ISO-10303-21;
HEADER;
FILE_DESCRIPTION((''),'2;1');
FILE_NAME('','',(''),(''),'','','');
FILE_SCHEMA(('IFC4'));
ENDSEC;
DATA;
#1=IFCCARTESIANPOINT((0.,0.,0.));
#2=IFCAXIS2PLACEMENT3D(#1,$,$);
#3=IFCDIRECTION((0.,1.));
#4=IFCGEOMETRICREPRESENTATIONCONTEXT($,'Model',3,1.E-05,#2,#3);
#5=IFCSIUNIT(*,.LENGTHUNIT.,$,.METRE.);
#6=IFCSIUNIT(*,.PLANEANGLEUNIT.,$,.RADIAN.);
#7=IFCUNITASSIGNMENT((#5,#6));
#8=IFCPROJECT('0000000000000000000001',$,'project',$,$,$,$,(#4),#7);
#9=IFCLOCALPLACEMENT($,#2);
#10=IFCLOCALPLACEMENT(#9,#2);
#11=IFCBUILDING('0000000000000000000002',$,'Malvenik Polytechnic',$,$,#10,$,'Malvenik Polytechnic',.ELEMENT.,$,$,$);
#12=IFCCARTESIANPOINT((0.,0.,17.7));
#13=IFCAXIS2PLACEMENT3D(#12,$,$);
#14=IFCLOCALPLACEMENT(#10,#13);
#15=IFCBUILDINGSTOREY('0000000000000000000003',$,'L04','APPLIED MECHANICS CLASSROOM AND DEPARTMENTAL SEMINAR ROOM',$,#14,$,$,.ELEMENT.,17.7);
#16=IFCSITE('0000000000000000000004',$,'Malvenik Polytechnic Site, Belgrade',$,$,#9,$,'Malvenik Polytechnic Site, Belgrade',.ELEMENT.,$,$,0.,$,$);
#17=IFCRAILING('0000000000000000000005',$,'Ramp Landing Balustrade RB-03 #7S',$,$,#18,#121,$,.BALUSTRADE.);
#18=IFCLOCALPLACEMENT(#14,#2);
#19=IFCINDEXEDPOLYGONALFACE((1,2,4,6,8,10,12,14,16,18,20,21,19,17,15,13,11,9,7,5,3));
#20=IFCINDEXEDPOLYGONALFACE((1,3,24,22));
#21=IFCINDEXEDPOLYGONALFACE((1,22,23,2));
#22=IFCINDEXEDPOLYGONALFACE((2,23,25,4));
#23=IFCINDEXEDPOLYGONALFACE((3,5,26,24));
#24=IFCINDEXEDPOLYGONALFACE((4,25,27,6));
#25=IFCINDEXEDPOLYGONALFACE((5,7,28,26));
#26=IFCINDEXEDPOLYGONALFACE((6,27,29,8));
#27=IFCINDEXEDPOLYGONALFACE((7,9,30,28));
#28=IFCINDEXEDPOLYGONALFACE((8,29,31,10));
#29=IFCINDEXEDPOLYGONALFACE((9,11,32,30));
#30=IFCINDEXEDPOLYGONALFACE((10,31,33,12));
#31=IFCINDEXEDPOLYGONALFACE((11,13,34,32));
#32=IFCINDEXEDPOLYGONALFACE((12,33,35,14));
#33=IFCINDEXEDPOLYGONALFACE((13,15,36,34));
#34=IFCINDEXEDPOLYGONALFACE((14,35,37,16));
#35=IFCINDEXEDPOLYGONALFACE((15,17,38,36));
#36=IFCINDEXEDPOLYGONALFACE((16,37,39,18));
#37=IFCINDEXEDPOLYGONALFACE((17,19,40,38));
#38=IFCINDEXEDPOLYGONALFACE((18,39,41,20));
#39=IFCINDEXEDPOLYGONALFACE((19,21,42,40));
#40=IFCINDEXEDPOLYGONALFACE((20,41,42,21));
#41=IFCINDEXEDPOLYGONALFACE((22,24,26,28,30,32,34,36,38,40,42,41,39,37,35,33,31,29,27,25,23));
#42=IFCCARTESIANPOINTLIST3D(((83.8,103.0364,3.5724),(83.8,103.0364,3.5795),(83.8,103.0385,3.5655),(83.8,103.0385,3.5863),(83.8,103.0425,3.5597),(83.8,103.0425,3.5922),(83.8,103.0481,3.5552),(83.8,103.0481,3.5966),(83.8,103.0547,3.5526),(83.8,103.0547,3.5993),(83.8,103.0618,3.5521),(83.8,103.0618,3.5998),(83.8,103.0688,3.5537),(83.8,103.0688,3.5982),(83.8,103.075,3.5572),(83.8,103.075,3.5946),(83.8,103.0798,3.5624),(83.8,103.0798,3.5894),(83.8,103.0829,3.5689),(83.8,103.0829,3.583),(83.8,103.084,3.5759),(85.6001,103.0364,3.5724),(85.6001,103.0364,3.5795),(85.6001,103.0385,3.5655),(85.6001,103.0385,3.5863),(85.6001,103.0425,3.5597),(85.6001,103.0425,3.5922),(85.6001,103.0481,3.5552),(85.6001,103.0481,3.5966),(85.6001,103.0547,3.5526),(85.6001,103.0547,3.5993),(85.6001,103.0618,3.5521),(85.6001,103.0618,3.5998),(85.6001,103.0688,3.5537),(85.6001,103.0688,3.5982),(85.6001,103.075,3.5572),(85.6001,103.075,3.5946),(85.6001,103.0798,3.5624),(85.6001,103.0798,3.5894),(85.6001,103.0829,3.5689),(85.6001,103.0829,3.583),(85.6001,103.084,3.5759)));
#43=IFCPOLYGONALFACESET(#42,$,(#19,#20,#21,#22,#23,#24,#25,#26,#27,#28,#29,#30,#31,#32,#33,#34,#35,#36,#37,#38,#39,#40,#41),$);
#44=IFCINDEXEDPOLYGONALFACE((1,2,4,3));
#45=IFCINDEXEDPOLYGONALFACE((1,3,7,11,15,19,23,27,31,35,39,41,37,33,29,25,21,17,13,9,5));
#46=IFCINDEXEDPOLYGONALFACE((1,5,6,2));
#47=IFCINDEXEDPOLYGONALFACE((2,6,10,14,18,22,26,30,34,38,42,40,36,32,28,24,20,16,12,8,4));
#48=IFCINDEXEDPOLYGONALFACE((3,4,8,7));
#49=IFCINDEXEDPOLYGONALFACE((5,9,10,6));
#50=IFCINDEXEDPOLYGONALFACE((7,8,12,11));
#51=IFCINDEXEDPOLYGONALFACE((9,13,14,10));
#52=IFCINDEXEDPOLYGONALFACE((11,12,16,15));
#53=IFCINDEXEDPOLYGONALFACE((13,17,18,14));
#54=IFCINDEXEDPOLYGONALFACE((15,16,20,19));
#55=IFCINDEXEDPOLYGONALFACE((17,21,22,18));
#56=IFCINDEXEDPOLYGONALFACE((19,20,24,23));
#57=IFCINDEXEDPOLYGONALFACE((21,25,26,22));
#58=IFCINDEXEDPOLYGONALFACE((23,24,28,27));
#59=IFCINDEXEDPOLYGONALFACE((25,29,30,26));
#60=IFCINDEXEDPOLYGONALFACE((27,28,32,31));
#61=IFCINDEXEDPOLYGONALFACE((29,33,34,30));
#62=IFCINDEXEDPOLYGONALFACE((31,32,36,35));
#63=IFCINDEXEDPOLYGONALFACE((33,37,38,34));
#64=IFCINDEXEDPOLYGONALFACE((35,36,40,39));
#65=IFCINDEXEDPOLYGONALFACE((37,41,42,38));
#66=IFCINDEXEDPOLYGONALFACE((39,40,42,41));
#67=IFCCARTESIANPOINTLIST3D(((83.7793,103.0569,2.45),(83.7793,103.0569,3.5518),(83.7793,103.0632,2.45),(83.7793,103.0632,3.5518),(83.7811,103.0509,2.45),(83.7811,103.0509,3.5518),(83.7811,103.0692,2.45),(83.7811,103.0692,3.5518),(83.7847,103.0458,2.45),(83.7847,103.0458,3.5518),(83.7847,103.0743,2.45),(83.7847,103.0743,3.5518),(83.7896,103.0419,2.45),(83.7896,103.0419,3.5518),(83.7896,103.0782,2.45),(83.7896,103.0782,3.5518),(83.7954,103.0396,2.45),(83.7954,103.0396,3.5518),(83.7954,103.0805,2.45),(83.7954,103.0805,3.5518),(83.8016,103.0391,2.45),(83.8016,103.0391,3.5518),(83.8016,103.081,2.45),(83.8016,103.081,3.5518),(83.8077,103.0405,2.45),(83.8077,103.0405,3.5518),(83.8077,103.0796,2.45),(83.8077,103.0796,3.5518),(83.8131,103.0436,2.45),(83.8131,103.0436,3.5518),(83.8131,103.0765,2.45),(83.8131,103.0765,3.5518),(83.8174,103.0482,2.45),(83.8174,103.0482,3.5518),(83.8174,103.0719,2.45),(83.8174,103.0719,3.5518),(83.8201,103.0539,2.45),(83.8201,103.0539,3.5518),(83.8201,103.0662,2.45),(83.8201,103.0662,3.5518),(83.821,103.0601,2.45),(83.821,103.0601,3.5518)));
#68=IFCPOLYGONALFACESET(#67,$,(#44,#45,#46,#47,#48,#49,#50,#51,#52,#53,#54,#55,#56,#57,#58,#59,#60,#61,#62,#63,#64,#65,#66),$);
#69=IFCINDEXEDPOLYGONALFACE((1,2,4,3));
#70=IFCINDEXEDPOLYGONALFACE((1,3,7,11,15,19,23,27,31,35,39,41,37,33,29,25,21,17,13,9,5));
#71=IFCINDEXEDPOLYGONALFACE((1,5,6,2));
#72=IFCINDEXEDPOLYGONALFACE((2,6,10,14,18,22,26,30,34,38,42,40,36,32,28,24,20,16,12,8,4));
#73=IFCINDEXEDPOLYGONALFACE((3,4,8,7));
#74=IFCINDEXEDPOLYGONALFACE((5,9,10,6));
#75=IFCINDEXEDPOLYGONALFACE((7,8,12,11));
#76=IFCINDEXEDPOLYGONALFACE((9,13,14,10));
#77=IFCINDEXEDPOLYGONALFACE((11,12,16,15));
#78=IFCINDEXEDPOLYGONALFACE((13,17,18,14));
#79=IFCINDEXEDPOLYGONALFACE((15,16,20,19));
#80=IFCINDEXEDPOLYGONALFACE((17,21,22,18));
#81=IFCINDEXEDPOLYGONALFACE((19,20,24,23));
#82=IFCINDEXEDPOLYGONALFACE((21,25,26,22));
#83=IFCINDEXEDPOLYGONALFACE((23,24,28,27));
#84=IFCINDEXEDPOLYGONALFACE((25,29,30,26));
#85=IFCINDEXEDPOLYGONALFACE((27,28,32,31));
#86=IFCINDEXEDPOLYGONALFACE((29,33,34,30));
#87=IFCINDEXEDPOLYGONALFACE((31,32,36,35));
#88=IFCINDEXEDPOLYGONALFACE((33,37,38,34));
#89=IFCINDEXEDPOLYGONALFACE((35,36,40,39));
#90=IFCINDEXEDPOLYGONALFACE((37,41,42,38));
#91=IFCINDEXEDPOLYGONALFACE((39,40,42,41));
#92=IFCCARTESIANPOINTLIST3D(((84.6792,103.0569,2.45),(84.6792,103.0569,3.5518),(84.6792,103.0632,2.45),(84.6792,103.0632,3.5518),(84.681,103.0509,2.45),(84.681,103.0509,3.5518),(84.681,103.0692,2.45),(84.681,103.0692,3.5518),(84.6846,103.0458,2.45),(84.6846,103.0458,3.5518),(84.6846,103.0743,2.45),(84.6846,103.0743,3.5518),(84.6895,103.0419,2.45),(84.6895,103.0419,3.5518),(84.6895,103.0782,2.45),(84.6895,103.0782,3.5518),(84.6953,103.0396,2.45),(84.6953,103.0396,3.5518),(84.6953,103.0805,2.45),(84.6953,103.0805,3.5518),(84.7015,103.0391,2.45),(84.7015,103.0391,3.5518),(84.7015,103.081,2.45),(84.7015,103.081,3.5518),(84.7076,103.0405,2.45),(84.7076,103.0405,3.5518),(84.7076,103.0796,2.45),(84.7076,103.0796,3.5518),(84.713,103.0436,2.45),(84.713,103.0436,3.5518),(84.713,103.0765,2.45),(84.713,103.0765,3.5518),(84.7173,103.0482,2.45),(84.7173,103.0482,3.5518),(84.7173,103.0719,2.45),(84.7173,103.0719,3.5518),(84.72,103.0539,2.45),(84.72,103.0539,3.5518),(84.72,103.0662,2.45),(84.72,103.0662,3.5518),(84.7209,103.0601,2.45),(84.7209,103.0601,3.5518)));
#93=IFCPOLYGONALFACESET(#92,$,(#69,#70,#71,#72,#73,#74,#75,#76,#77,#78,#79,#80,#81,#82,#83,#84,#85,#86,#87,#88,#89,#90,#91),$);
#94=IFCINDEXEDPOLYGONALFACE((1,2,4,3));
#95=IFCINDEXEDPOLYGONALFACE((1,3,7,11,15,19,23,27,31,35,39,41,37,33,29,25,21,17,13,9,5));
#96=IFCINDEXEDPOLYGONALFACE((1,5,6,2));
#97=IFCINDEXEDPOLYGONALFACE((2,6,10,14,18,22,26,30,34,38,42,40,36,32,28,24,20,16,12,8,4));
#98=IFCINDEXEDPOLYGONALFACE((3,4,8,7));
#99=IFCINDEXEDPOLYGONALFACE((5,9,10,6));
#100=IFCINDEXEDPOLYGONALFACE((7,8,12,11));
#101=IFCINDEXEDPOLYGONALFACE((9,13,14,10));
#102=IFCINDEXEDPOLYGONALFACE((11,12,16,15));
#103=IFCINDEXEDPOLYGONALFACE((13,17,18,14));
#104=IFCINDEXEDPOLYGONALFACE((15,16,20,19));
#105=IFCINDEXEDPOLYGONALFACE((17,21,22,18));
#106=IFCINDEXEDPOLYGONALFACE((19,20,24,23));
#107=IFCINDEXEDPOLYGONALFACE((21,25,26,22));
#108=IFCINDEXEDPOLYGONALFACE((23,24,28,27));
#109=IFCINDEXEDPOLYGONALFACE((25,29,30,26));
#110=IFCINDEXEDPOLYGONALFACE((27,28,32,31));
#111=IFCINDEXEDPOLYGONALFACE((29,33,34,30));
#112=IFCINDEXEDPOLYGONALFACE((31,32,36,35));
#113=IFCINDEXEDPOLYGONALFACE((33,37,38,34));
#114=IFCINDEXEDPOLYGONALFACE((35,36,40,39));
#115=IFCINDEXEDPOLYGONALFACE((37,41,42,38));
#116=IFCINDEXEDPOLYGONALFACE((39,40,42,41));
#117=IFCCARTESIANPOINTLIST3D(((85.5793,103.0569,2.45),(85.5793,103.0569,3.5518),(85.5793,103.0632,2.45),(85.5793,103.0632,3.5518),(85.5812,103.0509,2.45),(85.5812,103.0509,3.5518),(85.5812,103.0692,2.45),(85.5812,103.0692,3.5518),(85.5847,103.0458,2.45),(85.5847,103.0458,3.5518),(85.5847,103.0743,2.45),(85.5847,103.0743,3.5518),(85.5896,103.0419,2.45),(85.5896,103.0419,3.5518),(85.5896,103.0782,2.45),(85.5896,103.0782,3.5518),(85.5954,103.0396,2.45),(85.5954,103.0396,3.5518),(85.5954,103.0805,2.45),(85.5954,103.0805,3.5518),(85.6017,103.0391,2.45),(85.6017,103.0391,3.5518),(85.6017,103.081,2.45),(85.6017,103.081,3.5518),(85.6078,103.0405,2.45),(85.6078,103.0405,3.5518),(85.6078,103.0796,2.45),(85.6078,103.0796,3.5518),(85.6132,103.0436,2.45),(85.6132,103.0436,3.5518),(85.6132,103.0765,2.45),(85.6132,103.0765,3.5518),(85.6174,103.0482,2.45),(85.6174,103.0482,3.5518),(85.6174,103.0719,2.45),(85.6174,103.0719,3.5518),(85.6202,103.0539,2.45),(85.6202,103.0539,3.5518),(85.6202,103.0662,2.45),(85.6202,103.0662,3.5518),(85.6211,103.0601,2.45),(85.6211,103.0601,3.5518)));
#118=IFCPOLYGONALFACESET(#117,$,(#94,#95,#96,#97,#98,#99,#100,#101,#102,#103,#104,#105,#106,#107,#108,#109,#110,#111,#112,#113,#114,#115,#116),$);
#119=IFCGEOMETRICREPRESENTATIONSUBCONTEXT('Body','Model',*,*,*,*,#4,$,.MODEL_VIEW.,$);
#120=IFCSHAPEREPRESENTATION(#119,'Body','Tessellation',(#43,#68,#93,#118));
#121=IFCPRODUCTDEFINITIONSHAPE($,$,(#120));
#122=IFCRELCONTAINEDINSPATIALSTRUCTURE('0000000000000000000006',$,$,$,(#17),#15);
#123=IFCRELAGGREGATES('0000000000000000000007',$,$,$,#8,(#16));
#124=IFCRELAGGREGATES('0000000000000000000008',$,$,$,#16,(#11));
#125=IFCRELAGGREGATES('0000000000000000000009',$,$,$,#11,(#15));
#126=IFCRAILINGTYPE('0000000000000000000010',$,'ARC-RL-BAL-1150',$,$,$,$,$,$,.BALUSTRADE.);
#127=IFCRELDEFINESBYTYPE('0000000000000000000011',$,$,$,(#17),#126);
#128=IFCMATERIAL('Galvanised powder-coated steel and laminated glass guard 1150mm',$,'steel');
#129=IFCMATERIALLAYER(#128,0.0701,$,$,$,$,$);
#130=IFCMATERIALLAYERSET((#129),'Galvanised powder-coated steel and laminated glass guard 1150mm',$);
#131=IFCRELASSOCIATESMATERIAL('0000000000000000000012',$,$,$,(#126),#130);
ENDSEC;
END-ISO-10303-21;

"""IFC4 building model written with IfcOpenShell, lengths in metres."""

from ifc_helpers import new_model, si_unit, direction, frame, origin, origin_2d, place, context, subcontext, project, spatial, circle, extrude, material, layer, layer_set, type_object, element, save


model = new_model("IFC4")

# Units and contexts
model_context = context("Model", 3, precision=1e-05, world=origin(), true_north=direction((0.0, 1.0)))
body_context = subcontext(model_context, "Body", "Model", "MODEL_VIEW")
ifc_project = project(units=[si_unit("LENGTHUNIT", "METRE"), si_unit("PLANEANGLEUNIT", "RADIAN")], contexts=[model_context])

# Site, building, storey
site_placement = place(None, origin())
site = spatial("IfcSite", under=ifc_project, at=site_placement, Name="Malvenik Polytechnic Site, Belgrade", LongName="Malvenik Polytechnic Site, Belgrade", CompositionType="ELEMENT", RefElevation=0.0)
building_placement = place(site_placement, origin())
building = spatial("IfcBuilding", under=site, at=building_placement, Name="Malvenik Polytechnic", LongName="Malvenik Polytechnic", CompositionType="ELEMENT")
storey_placement = place(building_placement, frame((0.0, 0.0, 17.7)))
storey = spatial("IfcBuildingStorey", under=building, at=storey_placement, Name="L04", Description="APPLIED MECHANICS CLASSROOM AND DEPARTMENTAL SEMINAR ROOM", CompositionType="ELEMENT", Elevation=17.7)

# Railing
ifc_material_1 = material(Name="Galvanised powder-coated steel and laminated glass guard 1150mm", Category="steel")
ifc_layer_1 = layer(ifc_material_1, 0.0701)
ifc_layer_set_1 = layer_set([ifc_layer_1], Name="Galvanised powder-coated steel and laminated glass guard 1150mm")
railing_type_1 = type_object("IfcRailingType", Name="ARC-RL-BAL-1150", PredefinedType="BALUSTRADE", material=ifc_layer_set_1)
railing_1_placement = place(storey_placement, frame((83.8, 103.0601, 2.45)))
element("IfcRailing", 1, at=railing_1_placement, inside=storey, type_object=railing_type_1, Name="Ramp Landing Balustrade RB-03 #7S", PredefinedType="BALUSTRADE", context=body_context, shape_type="SweptSolid", body=[
    extrude(circle(Radius=0.0239, at=origin_2d()), frame((0.0, 0.0, 1.126), z_axis=(1.0, 0.0, 0.0), x_axis=(0.0, 1.0, 0.0)), (0.0, 0.0, 1.0), 1.8),
    extrude(circle(Radius=0.021, at=origin_2d()), origin(), (0.0, 0.0, 1.0), 1.1018),
    extrude(circle(Radius=0.021, at=origin_2d()), frame((0.8999, 0.0, 0.0)), (0.0, 0.0, 1.0), 1.1018),
    extrude(circle(Radius=0.021, at=origin_2d()), frame((1.8, 0.0, 0.0)), (0.0, 0.0, 1.0), 1.1018),
])

save(model, "model.ifc")
